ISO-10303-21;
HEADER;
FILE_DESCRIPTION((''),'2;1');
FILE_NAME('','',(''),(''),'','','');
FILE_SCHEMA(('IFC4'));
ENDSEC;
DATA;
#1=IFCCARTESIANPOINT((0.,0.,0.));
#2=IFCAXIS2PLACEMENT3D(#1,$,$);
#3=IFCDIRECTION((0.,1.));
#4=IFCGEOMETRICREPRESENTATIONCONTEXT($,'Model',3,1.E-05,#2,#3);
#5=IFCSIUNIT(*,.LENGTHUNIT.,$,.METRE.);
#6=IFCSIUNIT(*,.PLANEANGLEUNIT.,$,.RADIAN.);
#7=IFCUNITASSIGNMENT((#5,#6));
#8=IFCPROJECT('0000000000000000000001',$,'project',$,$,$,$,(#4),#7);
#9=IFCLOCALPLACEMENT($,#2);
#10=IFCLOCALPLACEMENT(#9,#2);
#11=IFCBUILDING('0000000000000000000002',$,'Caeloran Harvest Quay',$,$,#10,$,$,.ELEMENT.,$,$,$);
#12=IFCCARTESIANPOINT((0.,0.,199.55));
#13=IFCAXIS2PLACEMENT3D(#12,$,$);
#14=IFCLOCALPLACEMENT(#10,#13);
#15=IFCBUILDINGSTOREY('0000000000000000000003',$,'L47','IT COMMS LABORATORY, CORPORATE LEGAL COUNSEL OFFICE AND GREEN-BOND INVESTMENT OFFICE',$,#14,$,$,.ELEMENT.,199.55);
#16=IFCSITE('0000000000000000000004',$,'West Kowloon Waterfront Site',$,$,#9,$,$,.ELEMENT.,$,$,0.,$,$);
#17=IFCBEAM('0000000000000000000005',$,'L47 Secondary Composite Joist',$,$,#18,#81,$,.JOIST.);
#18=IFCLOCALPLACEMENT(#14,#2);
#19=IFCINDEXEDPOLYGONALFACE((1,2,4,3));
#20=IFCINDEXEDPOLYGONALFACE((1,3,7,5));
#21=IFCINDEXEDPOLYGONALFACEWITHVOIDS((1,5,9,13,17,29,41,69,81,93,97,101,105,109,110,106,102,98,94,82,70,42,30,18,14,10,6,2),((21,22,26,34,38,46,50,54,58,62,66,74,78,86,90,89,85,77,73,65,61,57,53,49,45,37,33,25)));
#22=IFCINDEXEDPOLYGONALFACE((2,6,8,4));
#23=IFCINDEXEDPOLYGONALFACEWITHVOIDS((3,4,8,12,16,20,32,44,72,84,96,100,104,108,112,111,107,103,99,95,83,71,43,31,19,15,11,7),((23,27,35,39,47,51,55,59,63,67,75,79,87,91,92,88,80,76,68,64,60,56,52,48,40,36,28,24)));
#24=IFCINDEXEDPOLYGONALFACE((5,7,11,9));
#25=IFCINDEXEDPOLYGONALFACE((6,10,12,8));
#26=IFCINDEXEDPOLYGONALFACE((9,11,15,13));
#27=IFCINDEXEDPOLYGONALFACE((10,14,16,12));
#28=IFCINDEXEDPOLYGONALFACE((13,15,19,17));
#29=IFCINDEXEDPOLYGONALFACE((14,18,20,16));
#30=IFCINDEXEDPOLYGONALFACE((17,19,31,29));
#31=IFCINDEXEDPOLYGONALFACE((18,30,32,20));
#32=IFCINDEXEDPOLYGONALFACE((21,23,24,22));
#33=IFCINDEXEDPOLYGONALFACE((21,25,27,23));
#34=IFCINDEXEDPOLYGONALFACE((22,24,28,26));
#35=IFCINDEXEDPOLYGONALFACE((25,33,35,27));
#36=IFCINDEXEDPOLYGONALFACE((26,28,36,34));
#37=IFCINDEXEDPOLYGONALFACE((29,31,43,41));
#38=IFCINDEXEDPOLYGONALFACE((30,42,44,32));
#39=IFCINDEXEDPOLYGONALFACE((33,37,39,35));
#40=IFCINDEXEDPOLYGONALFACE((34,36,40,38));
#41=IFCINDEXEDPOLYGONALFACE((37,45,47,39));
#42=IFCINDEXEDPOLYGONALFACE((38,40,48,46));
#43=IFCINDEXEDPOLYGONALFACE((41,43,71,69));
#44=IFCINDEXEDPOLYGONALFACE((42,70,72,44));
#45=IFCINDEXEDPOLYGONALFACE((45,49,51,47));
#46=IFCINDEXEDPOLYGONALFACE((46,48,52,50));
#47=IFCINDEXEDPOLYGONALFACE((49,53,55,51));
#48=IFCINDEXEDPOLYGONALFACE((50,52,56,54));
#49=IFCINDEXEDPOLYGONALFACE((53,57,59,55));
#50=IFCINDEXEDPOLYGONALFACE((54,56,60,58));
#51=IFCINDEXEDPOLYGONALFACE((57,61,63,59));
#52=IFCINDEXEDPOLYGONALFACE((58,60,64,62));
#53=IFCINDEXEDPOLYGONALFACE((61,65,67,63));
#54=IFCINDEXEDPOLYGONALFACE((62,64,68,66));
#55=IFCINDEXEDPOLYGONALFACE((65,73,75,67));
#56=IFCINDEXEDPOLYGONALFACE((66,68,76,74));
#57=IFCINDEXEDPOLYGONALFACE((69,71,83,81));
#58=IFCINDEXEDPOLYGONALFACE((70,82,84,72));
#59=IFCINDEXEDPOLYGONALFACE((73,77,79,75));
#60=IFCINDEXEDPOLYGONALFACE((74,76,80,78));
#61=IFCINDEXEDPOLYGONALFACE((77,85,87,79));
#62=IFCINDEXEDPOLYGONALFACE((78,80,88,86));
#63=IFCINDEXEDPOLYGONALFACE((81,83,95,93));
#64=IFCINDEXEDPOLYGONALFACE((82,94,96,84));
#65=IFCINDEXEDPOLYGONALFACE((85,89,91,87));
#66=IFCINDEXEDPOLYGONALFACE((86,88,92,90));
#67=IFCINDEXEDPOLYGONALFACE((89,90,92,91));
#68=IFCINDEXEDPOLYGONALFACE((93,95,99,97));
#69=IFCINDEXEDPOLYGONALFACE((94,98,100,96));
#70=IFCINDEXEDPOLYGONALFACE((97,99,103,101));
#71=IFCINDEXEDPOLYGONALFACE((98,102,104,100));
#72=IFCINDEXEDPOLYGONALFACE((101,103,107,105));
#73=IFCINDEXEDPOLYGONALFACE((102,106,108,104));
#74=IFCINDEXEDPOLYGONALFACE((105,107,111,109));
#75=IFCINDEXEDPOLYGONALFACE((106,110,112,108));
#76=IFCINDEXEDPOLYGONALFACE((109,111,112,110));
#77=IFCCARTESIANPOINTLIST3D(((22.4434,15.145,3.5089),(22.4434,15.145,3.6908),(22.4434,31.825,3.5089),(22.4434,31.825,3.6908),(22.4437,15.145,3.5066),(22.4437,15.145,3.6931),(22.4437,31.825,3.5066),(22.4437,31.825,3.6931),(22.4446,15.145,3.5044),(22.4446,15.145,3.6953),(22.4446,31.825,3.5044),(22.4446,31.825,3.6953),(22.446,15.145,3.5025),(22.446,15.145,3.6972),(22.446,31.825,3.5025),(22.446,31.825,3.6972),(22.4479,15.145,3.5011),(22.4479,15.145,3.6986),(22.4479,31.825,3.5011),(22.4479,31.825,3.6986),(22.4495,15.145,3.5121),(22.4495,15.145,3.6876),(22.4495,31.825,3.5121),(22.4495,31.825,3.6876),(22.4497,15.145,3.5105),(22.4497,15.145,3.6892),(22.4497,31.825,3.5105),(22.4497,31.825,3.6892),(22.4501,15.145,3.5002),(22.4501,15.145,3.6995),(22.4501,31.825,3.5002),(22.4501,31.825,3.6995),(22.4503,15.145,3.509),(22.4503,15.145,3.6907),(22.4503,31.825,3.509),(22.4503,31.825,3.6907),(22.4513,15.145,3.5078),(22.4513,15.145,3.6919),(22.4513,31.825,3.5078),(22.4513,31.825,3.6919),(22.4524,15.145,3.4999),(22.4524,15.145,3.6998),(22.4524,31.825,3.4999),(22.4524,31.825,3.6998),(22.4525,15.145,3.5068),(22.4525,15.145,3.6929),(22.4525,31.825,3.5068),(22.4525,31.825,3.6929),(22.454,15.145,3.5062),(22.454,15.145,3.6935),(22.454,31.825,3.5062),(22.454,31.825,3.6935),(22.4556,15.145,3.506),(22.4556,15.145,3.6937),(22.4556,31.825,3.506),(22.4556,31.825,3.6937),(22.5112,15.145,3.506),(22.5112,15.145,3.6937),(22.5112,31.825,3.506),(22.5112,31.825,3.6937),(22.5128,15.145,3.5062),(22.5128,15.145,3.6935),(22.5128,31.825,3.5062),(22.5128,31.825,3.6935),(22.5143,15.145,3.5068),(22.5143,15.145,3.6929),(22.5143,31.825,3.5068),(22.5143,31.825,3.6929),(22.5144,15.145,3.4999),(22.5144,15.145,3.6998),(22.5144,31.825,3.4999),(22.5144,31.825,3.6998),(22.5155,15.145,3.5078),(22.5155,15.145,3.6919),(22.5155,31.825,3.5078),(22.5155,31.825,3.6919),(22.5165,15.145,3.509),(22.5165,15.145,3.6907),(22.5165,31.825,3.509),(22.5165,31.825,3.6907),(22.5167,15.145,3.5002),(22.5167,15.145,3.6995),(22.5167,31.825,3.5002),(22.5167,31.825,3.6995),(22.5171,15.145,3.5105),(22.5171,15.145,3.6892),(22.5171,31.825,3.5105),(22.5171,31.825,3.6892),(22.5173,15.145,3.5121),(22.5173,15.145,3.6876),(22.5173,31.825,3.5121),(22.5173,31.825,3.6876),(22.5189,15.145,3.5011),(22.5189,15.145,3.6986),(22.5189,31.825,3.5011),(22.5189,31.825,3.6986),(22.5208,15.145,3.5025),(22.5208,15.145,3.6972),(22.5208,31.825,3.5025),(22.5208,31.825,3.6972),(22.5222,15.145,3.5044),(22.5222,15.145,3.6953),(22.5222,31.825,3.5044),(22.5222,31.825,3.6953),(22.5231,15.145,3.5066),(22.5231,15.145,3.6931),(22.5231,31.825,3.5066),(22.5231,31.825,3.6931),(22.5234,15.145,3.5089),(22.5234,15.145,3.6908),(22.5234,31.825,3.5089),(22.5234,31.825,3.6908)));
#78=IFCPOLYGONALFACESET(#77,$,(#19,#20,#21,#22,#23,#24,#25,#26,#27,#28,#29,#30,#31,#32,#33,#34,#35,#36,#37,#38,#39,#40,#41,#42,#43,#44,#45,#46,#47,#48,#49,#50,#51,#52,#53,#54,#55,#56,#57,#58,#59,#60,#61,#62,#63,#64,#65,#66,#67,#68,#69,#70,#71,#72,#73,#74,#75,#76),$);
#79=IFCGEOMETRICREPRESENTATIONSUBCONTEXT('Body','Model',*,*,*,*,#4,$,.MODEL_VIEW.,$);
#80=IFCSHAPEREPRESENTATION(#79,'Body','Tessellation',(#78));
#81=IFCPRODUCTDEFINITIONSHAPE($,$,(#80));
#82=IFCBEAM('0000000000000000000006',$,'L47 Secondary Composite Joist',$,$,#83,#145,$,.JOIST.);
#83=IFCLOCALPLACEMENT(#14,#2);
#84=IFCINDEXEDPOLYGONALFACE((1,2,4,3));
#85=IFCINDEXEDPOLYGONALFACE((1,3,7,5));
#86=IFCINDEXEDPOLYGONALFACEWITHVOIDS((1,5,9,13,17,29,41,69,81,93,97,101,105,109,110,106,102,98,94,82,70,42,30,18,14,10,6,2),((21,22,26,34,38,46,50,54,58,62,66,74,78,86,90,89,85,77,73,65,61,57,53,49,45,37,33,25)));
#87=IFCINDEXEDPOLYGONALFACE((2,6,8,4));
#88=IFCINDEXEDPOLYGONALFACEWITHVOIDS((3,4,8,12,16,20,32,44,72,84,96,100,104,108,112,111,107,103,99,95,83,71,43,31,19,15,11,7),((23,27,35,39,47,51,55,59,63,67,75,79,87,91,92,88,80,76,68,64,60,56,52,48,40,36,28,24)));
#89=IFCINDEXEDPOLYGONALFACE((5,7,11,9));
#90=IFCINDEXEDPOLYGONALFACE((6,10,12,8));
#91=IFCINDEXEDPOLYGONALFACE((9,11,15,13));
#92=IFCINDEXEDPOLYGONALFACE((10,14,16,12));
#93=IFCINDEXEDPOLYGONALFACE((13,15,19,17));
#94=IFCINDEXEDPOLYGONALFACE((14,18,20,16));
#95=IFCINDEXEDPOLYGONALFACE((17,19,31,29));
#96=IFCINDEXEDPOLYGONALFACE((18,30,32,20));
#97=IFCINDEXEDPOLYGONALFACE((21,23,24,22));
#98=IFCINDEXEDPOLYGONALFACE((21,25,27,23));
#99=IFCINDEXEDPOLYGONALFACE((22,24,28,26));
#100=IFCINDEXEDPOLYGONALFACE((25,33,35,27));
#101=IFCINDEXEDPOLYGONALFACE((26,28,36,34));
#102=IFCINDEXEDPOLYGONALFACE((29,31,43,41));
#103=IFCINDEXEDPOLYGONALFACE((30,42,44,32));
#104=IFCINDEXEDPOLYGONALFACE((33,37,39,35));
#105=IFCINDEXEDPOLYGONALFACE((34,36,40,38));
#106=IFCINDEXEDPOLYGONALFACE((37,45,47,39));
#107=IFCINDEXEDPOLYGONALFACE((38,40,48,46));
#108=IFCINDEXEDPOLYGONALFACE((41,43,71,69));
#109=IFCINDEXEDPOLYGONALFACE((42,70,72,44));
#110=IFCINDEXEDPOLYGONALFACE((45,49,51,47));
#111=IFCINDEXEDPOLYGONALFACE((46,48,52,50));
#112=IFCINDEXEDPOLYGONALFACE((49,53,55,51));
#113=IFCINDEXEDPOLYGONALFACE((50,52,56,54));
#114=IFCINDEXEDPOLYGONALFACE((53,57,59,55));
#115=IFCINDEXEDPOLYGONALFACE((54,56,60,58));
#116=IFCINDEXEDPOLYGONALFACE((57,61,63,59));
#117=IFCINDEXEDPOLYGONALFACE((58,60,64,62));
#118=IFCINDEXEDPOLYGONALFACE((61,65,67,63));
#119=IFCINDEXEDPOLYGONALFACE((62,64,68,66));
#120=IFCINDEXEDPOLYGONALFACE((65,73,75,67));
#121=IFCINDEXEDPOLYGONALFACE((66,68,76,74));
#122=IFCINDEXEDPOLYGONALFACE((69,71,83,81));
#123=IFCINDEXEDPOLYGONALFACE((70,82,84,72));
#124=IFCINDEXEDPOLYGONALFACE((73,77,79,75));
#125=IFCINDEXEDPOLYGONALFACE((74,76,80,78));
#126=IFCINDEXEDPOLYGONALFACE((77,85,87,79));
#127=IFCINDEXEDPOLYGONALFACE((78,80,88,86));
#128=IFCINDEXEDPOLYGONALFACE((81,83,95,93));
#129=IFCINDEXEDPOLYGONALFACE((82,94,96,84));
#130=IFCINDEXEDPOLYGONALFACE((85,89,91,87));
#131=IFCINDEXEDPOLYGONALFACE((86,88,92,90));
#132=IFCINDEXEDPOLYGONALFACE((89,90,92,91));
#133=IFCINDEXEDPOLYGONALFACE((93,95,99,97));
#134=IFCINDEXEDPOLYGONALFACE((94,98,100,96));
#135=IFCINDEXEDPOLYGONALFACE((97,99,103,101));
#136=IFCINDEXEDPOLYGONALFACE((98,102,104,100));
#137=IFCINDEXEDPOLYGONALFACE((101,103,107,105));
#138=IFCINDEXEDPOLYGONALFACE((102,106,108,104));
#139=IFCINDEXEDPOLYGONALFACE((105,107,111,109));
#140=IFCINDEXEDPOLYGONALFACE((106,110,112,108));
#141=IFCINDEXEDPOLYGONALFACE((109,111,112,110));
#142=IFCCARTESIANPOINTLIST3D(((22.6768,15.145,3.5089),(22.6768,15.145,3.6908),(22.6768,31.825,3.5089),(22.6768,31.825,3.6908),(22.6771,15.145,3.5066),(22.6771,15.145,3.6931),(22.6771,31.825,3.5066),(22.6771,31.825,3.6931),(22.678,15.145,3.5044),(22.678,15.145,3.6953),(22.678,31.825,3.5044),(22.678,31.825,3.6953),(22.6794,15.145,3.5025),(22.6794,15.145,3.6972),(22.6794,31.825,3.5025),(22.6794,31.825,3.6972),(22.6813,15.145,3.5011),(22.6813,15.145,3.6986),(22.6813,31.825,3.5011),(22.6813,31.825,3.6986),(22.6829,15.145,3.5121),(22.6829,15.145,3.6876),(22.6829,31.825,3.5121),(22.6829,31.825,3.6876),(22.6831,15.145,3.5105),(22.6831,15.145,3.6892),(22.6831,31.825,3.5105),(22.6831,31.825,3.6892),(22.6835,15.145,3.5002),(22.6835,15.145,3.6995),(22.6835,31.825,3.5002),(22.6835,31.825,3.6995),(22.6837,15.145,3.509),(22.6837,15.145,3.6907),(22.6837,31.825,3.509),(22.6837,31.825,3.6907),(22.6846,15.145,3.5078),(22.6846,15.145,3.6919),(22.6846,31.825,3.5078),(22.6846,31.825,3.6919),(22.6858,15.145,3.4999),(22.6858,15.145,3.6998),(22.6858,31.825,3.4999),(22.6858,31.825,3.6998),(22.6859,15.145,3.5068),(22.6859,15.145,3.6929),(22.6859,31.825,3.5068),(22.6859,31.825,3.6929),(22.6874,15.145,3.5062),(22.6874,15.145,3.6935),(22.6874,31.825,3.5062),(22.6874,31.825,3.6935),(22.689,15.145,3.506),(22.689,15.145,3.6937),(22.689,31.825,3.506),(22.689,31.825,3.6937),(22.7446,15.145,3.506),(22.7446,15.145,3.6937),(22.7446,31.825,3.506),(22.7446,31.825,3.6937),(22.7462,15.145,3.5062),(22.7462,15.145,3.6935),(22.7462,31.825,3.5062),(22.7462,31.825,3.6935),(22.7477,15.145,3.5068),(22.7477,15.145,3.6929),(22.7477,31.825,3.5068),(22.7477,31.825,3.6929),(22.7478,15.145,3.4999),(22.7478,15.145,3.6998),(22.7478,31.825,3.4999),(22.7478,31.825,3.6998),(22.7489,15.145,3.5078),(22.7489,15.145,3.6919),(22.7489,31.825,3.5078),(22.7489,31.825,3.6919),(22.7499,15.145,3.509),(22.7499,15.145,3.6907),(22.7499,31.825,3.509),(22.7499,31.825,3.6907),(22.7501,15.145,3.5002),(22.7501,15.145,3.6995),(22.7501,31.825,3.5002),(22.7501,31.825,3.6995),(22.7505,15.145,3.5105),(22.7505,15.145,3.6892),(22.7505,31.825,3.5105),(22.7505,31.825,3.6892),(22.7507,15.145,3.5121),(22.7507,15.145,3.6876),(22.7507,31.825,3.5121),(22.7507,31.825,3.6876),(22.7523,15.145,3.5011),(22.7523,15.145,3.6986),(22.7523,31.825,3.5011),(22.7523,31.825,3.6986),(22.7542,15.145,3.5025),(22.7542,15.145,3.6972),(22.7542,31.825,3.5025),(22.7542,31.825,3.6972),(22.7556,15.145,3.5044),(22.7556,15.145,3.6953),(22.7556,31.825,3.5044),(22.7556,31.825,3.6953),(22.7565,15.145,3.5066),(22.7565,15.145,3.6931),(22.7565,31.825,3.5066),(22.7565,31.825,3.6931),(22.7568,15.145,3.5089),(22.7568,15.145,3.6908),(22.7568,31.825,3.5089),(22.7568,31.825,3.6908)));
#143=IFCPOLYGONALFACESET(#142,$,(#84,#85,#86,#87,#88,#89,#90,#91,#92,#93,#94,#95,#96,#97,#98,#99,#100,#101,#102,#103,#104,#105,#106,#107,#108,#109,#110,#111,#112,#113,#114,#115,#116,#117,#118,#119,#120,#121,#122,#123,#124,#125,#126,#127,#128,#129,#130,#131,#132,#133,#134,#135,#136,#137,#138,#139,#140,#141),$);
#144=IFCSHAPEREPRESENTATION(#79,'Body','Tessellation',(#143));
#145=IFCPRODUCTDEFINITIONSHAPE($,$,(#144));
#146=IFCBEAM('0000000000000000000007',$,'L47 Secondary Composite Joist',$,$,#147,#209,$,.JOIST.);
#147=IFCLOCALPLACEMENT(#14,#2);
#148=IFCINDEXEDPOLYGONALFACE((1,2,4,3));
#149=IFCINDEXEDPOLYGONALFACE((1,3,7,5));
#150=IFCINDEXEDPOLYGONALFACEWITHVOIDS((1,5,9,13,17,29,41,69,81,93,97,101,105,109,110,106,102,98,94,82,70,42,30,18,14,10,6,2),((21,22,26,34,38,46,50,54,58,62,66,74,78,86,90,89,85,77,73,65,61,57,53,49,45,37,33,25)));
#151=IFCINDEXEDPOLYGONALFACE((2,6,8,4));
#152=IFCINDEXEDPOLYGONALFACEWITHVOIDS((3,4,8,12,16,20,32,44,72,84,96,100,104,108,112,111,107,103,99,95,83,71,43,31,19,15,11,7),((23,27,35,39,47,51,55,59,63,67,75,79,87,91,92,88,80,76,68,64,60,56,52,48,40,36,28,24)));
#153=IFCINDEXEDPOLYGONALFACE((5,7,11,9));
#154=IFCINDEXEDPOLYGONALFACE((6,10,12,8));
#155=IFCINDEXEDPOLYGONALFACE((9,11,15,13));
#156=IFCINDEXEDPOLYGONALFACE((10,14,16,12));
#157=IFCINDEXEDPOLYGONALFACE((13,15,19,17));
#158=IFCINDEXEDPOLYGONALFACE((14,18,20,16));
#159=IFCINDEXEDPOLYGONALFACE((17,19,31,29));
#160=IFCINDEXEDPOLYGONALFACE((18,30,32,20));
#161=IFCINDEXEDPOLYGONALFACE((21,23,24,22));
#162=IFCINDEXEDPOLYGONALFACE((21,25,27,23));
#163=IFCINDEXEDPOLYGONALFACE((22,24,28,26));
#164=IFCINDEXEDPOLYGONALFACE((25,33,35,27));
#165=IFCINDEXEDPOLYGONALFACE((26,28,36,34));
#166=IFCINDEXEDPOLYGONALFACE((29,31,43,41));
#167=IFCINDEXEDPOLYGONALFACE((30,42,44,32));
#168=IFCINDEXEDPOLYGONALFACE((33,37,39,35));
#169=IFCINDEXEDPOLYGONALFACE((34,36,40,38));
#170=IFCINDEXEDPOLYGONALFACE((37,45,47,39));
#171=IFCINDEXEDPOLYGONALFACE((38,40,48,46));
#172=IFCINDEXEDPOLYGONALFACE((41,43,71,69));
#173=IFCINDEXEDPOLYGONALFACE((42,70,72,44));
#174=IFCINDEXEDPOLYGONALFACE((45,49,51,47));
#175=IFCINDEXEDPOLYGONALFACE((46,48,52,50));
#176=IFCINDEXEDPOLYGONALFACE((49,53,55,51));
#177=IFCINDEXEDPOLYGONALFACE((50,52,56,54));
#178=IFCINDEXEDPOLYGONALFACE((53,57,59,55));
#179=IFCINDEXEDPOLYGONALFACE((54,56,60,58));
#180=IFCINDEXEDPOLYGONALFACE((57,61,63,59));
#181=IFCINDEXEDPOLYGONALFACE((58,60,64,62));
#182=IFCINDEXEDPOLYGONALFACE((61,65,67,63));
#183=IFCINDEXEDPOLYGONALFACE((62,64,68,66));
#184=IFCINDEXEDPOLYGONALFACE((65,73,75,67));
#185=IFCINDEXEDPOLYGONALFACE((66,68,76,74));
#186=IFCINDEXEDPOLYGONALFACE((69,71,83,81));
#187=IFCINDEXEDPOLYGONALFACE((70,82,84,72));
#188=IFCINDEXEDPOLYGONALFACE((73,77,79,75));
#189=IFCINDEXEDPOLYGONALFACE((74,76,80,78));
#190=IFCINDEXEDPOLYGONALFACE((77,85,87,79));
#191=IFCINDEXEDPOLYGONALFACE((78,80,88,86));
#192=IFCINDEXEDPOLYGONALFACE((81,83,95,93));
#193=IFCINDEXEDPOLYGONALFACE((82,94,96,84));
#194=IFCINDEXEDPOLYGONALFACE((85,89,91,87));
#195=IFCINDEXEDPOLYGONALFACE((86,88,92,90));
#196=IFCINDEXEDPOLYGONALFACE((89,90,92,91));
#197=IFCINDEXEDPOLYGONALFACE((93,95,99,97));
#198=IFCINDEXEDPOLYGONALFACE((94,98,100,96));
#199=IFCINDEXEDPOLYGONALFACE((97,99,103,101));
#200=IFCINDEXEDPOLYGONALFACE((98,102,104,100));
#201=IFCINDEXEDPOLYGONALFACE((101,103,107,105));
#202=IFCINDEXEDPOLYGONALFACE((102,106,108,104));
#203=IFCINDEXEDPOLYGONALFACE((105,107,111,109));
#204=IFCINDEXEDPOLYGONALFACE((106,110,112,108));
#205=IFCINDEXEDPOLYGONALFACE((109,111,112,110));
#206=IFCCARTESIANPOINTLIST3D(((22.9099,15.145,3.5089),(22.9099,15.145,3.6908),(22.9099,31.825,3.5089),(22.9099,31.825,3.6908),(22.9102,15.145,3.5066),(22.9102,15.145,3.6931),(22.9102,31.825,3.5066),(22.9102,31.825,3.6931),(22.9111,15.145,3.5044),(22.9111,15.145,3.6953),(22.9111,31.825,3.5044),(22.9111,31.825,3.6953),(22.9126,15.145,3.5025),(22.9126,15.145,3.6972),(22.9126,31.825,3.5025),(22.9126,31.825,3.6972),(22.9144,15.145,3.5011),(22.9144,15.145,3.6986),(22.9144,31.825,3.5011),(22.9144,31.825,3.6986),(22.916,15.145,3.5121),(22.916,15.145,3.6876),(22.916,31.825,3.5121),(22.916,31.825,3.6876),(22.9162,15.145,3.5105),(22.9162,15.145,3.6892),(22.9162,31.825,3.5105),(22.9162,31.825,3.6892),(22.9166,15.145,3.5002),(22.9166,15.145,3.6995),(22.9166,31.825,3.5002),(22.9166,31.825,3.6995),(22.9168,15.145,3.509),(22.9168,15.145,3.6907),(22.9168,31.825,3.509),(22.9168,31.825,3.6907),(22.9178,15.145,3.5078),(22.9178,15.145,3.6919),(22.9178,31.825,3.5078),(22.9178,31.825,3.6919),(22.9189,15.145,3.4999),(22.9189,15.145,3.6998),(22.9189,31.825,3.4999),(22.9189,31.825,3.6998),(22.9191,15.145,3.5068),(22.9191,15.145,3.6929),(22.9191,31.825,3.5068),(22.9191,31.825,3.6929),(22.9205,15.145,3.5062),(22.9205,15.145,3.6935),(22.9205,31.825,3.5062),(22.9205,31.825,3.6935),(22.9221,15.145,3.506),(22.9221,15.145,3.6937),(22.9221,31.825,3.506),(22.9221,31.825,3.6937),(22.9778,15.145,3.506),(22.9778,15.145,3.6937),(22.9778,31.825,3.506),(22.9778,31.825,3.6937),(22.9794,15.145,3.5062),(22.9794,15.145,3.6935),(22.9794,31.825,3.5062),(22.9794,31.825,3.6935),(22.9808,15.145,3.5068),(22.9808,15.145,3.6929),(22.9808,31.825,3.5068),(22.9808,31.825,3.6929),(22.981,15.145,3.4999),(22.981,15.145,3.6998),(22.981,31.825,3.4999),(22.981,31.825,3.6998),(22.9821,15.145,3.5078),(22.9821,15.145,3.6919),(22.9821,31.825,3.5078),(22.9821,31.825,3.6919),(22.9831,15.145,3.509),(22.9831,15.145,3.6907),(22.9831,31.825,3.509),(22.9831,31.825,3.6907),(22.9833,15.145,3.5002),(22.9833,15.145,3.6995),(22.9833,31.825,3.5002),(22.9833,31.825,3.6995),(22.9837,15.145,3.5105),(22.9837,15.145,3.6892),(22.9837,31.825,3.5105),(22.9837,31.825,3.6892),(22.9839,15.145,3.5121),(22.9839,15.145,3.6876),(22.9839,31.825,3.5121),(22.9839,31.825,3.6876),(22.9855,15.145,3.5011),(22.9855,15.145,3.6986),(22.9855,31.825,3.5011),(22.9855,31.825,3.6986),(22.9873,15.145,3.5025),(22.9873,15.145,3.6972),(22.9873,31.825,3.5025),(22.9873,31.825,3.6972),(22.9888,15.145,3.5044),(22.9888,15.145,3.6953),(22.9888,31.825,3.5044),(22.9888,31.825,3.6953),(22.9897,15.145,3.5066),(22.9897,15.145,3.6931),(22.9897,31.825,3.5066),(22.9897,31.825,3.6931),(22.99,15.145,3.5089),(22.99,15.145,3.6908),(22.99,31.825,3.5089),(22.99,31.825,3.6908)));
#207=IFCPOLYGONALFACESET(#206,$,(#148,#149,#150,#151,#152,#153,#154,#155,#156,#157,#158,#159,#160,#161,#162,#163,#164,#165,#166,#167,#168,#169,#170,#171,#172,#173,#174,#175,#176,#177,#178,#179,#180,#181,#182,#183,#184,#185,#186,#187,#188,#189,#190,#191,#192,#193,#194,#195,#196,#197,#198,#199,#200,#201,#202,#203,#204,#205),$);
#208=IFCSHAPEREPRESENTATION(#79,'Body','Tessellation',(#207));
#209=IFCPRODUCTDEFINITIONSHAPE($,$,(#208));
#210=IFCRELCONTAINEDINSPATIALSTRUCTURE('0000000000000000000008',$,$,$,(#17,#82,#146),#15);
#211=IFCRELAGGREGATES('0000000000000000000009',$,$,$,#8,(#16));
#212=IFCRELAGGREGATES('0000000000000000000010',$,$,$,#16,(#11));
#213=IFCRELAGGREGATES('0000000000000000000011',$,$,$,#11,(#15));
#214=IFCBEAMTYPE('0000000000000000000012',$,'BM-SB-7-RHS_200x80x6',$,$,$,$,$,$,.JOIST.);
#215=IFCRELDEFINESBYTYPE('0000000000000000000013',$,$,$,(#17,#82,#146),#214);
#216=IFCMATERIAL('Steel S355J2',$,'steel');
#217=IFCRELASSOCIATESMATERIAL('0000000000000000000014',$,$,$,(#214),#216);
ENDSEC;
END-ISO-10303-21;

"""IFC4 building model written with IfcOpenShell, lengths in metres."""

from ifc_helpers import new_model, si_unit, direction, frame, origin, origin_2d, place, context, subcontext, project, spatial, hollow_rectangle, extrude, material, material_profile, profile_set, type_object, element, save


model = new_model("IFC4")

# Units and contexts
model_context = context("Model", 3, precision=1e-05, world=origin(), true_north=direction((0.0, 1.0)))
body_context = subcontext(model_context, "Body", "Model", "MODEL_VIEW")
ifc_project = project(units=[si_unit("LENGTHUNIT", "METRE"), si_unit("PLANEANGLEUNIT", "RADIAN")], contexts=[model_context])

# Site, building, storey
site_placement = place(None, origin())
site = spatial("IfcSite", under=ifc_project, at=site_placement, Name="West Kowloon Waterfront Site", CompositionType="ELEMENT", RefElevation=0.0)
building_placement = place(site_placement, origin())
building = spatial("IfcBuilding", under=site, at=building_placement, Name="Caeloran Harvest Quay", CompositionType="ELEMENT")
storey_placement = place(building_placement, frame((0.0, 0.0, 199.55)))
storey = spatial("IfcBuildingStorey", under=building, at=storey_placement, Name="L47", Description="IT COMMS LABORATORY, CORPORATE LEGAL COUNSEL OFFICE AND GREEN-BOND INVESTMENT OFFICE", CompositionType="ELEMENT", Elevation=199.55)

# Beams
ifc_material_1 = material(Name="Steel S355J2", Category="steel")
ifc_material_profile_1 = material_profile(ifc_material_1, hollow_rectangle(XDim=0.0801, YDim=0.2, WallThickness=0.0061, InnerFilletRadius=0.0061, OuterFilletRadius=0.009, at=origin_2d()), Name="RHS 200x80x6")
ifc_profile_set_1 = profile_set([ifc_material_profile_1], Name="Steel S355J2")
beam_type_1 = type_object("IfcBeamType", Name="BM-SB-7-RHS_200x80x6", PredefinedType="JOIST", material=ifc_profile_set_1)
for number, where, z_axis, x_axis, name in (
    (1, (22.4834, 15.145, 3.5999), (0.0, 1.0, 0.0), (-1.0, 0.0, 0.0), "L47 Secondary Composite Joist"),
    (2, (22.7168, 15.145, 3.5999), (0.0, 1.0, 0.0), (-1.0, 0.0, 0.0), "L47 Secondary Composite Joist"),
    (3, (22.95, 15.145, 3.5999), (0.0, 1.0, 0.0), (-1.0, 0.0, 0.0), "L47 Secondary Composite Joist"),
):
    element("IfcBeam", number, at=place(storey_placement, frame(where, z_axis=z_axis, x_axis=x_axis)), inside=storey, type_object=beam_type_1, Name=name, PredefinedType="JOIST", context=body_context, shape_type="SweptSolid", body=[
        extrude(hollow_rectangle(XDim=0.0801, YDim=0.2, WallThickness=0.0061, InnerFilletRadius=0.0061, OuterFilletRadius=0.009, at=origin_2d()), origin(), (0.0, 0.0, 1.0), 16.6799),
    ])

save(model, "model.ifc")
